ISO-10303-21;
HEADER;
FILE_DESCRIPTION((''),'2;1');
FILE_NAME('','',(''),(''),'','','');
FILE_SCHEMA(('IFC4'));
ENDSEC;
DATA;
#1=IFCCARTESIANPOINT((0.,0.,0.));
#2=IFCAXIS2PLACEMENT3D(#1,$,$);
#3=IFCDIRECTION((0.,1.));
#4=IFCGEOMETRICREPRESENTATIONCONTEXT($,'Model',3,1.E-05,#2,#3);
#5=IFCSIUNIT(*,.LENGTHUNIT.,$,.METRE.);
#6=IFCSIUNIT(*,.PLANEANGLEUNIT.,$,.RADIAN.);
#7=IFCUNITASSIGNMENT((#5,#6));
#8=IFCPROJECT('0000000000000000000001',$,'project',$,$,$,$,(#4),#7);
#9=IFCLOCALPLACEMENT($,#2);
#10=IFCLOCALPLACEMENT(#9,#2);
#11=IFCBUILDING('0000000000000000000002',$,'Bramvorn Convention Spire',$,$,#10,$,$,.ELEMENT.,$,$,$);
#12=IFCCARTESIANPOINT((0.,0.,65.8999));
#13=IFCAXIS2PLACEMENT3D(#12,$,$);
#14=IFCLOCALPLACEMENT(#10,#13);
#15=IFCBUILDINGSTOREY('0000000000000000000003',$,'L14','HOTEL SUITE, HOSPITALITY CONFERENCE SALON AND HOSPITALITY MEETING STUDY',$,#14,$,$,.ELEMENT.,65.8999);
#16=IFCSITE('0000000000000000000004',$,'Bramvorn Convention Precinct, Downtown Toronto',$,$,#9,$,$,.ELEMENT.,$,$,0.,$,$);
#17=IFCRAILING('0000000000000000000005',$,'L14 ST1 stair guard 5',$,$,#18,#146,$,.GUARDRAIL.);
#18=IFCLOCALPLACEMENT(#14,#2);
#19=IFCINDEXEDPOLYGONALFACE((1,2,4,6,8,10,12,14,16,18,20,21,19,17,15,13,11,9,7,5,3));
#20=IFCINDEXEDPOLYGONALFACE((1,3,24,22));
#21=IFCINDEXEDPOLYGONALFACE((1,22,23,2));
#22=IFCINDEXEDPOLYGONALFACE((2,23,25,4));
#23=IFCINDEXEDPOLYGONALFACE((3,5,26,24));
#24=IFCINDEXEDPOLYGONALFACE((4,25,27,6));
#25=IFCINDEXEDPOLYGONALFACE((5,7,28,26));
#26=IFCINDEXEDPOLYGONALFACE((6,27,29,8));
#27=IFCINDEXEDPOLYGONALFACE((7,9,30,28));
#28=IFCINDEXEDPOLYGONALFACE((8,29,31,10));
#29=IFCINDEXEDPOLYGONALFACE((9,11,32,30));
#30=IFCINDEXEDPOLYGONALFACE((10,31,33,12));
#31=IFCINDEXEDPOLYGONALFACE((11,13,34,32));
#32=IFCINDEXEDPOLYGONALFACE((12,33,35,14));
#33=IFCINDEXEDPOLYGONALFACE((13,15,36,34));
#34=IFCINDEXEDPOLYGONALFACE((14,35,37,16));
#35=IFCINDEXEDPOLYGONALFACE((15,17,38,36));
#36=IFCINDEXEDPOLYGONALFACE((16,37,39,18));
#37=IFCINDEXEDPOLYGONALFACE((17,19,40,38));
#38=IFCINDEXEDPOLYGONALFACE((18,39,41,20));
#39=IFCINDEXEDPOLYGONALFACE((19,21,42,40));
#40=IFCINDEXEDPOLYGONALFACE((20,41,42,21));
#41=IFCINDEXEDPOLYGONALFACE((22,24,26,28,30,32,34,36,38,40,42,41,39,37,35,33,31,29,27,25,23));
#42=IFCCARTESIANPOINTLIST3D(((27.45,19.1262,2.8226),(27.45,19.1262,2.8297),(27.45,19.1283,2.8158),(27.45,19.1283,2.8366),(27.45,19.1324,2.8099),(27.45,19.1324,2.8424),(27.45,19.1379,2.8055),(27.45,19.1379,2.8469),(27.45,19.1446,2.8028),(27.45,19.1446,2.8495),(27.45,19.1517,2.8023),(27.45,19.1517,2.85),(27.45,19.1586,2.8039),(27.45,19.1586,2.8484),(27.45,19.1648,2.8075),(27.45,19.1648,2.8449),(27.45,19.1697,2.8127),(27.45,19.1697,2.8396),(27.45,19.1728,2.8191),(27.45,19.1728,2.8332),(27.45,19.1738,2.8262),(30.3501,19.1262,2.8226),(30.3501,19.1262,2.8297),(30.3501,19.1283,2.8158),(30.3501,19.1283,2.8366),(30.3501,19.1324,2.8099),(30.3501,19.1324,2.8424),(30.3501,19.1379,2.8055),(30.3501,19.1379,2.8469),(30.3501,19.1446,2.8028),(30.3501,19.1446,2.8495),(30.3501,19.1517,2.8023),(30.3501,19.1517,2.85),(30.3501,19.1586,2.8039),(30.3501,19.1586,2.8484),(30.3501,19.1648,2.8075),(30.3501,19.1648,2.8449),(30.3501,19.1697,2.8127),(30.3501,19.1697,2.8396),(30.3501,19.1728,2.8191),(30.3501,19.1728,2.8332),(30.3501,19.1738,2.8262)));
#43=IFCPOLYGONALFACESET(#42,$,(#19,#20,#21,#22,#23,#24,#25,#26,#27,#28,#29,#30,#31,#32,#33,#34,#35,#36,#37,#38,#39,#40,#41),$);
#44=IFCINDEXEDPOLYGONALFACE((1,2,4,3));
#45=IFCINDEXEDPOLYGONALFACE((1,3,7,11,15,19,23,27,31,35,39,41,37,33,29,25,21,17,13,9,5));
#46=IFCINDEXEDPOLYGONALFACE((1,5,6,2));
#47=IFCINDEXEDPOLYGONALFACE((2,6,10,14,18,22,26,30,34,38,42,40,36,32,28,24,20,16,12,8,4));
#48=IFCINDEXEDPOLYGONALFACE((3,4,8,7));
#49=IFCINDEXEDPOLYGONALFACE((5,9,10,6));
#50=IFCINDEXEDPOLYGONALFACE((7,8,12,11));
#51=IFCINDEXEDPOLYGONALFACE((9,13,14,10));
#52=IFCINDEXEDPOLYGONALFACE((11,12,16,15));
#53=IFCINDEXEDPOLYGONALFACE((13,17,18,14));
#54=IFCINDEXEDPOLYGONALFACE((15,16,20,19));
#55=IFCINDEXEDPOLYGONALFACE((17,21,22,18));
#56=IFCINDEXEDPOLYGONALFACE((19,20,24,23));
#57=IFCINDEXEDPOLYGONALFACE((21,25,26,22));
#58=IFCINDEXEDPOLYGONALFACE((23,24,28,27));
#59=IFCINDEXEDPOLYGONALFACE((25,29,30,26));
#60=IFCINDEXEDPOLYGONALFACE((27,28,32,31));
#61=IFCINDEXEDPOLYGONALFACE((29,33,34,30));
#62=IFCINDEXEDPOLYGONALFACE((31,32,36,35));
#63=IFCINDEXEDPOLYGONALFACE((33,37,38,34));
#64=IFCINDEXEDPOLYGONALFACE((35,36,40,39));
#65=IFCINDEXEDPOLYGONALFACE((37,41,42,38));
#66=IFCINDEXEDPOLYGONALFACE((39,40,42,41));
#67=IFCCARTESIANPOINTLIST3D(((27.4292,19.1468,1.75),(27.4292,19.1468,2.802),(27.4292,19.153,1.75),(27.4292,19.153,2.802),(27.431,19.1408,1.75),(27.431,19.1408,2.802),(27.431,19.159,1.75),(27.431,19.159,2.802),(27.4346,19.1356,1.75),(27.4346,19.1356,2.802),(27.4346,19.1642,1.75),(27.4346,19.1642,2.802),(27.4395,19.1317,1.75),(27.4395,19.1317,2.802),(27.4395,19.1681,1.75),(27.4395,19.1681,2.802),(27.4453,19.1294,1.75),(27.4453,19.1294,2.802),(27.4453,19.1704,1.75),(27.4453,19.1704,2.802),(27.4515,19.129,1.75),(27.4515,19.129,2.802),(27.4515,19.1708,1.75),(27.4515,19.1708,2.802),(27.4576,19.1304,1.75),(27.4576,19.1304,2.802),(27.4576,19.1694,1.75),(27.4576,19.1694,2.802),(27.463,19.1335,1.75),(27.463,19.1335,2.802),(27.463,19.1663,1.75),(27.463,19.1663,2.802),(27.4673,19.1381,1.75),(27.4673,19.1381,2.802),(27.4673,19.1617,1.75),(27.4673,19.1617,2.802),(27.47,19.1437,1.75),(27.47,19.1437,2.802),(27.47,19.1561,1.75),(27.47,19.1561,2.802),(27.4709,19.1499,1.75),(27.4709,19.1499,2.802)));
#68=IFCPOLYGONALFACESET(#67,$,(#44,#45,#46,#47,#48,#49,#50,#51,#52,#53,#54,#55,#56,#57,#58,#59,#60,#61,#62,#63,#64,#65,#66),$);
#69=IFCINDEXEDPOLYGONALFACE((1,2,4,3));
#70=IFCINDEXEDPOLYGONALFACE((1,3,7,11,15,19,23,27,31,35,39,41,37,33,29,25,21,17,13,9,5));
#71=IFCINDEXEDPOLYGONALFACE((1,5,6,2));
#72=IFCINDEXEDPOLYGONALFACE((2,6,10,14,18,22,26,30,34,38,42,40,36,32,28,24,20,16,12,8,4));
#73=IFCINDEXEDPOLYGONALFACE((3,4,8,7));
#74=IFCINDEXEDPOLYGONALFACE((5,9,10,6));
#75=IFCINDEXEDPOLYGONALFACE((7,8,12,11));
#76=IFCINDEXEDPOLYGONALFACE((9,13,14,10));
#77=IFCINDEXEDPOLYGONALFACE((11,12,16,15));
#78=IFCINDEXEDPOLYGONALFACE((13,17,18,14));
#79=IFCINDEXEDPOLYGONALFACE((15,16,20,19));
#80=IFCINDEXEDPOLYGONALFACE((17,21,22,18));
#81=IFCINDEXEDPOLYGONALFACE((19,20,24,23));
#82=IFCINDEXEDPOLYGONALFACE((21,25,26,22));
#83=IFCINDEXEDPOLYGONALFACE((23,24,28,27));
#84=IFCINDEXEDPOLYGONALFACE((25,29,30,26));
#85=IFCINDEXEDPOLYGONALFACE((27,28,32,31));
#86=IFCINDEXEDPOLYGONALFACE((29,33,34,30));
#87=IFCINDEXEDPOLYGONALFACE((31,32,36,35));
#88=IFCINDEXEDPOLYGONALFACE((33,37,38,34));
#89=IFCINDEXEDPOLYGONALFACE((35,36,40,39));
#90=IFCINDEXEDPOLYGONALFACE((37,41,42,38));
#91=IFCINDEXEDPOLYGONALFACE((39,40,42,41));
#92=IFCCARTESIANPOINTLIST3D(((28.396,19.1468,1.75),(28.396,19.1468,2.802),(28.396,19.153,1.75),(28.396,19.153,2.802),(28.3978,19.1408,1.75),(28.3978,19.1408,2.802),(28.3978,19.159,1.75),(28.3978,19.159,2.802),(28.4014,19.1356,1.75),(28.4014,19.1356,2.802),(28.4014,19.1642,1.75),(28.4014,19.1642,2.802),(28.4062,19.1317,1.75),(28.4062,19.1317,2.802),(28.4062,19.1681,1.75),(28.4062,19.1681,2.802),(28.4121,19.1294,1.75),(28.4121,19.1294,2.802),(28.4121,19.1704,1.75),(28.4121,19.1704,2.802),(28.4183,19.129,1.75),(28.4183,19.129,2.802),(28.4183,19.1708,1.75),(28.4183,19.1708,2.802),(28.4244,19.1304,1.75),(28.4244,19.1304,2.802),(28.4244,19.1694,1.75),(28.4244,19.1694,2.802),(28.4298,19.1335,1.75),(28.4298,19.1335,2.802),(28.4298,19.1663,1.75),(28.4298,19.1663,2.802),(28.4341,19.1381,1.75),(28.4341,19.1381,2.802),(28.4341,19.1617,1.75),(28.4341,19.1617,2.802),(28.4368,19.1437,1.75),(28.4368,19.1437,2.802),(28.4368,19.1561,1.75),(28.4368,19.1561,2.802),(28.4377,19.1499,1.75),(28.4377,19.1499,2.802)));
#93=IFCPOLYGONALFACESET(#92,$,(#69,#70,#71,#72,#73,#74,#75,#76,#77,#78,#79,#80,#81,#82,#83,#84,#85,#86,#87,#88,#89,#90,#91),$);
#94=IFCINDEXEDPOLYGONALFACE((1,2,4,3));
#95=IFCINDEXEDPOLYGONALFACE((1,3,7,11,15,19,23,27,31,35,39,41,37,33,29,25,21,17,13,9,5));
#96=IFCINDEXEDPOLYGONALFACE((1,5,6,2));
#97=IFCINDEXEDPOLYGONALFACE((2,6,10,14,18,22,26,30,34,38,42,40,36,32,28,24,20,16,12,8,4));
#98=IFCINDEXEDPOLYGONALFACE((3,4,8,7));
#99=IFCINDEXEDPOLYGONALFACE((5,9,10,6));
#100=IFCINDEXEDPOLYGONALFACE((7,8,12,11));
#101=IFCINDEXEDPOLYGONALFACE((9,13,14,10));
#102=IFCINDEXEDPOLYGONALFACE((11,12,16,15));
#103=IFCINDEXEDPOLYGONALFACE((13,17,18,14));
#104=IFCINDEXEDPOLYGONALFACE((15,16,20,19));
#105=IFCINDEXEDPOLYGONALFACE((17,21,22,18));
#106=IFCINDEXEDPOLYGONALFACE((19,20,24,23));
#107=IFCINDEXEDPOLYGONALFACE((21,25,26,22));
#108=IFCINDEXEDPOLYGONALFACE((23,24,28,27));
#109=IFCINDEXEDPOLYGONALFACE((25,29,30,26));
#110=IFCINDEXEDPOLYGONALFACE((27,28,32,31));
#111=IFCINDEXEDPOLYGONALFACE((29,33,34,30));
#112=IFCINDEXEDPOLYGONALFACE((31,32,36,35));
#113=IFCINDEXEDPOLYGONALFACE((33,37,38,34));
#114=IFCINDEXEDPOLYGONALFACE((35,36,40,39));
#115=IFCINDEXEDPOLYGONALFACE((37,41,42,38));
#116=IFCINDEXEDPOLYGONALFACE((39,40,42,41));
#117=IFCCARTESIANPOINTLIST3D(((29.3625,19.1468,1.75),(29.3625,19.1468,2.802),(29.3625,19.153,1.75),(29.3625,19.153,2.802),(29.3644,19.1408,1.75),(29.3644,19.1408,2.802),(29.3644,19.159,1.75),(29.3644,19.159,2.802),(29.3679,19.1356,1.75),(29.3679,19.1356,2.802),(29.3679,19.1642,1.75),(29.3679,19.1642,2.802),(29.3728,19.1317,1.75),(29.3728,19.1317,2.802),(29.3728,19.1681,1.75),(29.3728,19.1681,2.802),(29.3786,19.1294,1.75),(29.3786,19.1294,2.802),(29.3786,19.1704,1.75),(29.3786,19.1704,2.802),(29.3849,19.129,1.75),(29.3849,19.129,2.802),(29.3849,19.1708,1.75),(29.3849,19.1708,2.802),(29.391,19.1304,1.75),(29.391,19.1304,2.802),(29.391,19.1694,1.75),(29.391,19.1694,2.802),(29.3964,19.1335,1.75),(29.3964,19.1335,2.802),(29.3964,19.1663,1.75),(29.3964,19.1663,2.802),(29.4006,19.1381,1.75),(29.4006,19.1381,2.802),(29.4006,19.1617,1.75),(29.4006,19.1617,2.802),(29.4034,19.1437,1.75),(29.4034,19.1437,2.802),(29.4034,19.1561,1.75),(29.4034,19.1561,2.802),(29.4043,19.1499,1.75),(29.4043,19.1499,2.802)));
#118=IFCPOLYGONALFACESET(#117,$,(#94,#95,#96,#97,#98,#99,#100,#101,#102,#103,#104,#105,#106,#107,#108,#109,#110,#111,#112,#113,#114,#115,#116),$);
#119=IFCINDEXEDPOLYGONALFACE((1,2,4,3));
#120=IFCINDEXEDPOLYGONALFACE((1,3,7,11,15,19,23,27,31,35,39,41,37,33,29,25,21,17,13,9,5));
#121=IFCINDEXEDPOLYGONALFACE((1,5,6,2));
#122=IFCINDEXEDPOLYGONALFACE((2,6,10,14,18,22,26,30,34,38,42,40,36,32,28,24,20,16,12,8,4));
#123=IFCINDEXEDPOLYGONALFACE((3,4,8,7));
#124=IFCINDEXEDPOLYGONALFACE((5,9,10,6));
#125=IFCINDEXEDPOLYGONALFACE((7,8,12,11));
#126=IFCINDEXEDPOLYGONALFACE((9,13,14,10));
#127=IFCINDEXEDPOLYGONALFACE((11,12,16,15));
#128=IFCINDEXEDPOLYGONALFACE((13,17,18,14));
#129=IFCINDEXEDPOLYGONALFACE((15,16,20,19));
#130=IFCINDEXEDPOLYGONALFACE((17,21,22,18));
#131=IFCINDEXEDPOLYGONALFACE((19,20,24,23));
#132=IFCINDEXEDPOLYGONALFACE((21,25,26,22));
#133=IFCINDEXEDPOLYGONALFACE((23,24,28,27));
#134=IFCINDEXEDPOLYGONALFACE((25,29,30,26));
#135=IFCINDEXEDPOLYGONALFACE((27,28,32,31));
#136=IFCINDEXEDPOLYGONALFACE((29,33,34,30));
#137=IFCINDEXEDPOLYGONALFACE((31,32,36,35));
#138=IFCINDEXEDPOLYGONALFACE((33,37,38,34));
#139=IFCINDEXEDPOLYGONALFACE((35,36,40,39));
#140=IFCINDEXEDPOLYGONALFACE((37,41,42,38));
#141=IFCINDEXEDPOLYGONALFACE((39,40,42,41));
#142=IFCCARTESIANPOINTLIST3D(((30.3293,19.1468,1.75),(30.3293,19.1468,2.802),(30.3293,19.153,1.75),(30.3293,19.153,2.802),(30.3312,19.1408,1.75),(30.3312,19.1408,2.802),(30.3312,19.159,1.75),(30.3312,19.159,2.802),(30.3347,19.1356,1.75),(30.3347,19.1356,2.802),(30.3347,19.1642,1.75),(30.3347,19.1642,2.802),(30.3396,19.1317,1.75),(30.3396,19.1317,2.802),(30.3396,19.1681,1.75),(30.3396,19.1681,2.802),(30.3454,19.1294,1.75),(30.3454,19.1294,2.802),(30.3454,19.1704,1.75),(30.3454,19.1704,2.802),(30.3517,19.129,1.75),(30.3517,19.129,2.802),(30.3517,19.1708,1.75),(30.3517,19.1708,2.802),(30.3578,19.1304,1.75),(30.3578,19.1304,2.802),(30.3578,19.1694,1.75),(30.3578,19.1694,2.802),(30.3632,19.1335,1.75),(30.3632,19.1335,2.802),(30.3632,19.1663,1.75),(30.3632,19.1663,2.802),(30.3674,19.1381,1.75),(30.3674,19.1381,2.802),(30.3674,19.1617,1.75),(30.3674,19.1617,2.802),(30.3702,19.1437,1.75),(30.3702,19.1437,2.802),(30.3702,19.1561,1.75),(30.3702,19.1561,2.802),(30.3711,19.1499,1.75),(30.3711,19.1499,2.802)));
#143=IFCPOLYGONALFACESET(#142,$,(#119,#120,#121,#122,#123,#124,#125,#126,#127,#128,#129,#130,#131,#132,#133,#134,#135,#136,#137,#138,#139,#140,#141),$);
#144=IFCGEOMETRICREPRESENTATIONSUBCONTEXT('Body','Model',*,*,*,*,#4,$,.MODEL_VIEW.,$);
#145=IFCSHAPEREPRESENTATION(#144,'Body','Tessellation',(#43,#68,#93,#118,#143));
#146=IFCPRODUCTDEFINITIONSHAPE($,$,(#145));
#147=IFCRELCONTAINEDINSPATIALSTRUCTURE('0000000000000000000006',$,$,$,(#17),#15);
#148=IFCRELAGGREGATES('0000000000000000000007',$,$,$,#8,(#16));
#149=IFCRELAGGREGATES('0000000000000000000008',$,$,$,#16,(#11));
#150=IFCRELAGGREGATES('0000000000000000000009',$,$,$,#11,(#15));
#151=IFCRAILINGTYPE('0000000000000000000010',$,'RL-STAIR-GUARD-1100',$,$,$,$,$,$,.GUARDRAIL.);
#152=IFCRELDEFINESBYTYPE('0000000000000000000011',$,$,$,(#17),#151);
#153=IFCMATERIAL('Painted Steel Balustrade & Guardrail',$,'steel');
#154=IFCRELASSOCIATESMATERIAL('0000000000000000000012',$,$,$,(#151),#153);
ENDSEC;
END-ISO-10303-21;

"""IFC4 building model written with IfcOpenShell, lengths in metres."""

from ifc_helpers import new_model, si_unit, direction, frame, origin, origin_2d, place, context, subcontext, project, spatial, circle, extrude, material, type_object, element, save


model = new_model("IFC4")

# Units and contexts
model_context = context("Model", 3, precision=1e-05, world=origin(), true_north=direction((0.0, 1.0)))
body_context = subcontext(model_context, "Body", "Model", "MODEL_VIEW")
ifc_project = project(units=[si_unit("LENGTHUNIT", "METRE"), si_unit("PLANEANGLEUNIT", "RADIAN")], contexts=[model_context])

# Site, building, storey
site_placement = place(None, origin())
site = spatial("IfcSite", under=ifc_project, at=site_placement, Name="Bramvorn Convention Precinct, Downtown Toronto", CompositionType="ELEMENT", RefElevation=0.0)
building_placement = place(site_placement, origin())
building = spatial("IfcBuilding", under=site, at=building_placement, Name="Bramvorn Convention Spire", CompositionType="ELEMENT")
storey_placement = place(building_placement, frame((0.0, 0.0, 65.8999)))
storey = spatial("IfcBuildingStorey", under=building, at=storey_placement, Name="L14", Description="HOTEL SUITE, HOSPITALITY CONFERENCE SALON AND HOSPITALITY MEETING STUDY", CompositionType="ELEMENT", Elevation=65.8999)

# Railing
ifc_material_1 = material(Name="Painted Steel Balustrade & Guardrail", Category="steel")
railing_type_1 = type_object("IfcRailingType", Name="RL-STAIR-GUARD-1100", PredefinedType="GUARDRAIL", material=ifc_material_1)
railing_1_placement = place(storey_placement, frame((27.45, 19.1499, 1.75)))
element("IfcRailing", 1, at=railing_1_placement, inside=storey, type_object=railing_type_1, Name="L14 ST1 stair guard 5", PredefinedType="GUARDRAIL", context=body_context, shape_type="SweptSolid", body=[
    extrude(circle(Radius=0.0239, at=origin_2d()), frame((0.0, 0.0, 1.0762), z_axis=(1.0, 0.0, 0.0), x_axis=(0.0, 1.0, 0.0)), (0.0, 0.0, 1.0), 2.9001),
    extrude(circle(Radius=0.021, at=origin_2d()), origin(), (0.0, 0.0, 1.0), 1.052),
    extrude(circle(Radius=0.021, at=origin_2d()), frame((0.9668, 0.0, 0.0)), (0.0, 0.0, 1.0), 1.052),
    extrude(circle(Radius=0.021, at=origin_2d()), frame((1.9333, 0.0, 0.0)), (0.0, 0.0, 1.0), 1.052),
    extrude(circle(Radius=0.021, at=origin_2d()), frame((2.9001, 0.0, 0.0)), (0.0, 0.0, 1.0), 1.052),
])

save(model, "model.ifc")
